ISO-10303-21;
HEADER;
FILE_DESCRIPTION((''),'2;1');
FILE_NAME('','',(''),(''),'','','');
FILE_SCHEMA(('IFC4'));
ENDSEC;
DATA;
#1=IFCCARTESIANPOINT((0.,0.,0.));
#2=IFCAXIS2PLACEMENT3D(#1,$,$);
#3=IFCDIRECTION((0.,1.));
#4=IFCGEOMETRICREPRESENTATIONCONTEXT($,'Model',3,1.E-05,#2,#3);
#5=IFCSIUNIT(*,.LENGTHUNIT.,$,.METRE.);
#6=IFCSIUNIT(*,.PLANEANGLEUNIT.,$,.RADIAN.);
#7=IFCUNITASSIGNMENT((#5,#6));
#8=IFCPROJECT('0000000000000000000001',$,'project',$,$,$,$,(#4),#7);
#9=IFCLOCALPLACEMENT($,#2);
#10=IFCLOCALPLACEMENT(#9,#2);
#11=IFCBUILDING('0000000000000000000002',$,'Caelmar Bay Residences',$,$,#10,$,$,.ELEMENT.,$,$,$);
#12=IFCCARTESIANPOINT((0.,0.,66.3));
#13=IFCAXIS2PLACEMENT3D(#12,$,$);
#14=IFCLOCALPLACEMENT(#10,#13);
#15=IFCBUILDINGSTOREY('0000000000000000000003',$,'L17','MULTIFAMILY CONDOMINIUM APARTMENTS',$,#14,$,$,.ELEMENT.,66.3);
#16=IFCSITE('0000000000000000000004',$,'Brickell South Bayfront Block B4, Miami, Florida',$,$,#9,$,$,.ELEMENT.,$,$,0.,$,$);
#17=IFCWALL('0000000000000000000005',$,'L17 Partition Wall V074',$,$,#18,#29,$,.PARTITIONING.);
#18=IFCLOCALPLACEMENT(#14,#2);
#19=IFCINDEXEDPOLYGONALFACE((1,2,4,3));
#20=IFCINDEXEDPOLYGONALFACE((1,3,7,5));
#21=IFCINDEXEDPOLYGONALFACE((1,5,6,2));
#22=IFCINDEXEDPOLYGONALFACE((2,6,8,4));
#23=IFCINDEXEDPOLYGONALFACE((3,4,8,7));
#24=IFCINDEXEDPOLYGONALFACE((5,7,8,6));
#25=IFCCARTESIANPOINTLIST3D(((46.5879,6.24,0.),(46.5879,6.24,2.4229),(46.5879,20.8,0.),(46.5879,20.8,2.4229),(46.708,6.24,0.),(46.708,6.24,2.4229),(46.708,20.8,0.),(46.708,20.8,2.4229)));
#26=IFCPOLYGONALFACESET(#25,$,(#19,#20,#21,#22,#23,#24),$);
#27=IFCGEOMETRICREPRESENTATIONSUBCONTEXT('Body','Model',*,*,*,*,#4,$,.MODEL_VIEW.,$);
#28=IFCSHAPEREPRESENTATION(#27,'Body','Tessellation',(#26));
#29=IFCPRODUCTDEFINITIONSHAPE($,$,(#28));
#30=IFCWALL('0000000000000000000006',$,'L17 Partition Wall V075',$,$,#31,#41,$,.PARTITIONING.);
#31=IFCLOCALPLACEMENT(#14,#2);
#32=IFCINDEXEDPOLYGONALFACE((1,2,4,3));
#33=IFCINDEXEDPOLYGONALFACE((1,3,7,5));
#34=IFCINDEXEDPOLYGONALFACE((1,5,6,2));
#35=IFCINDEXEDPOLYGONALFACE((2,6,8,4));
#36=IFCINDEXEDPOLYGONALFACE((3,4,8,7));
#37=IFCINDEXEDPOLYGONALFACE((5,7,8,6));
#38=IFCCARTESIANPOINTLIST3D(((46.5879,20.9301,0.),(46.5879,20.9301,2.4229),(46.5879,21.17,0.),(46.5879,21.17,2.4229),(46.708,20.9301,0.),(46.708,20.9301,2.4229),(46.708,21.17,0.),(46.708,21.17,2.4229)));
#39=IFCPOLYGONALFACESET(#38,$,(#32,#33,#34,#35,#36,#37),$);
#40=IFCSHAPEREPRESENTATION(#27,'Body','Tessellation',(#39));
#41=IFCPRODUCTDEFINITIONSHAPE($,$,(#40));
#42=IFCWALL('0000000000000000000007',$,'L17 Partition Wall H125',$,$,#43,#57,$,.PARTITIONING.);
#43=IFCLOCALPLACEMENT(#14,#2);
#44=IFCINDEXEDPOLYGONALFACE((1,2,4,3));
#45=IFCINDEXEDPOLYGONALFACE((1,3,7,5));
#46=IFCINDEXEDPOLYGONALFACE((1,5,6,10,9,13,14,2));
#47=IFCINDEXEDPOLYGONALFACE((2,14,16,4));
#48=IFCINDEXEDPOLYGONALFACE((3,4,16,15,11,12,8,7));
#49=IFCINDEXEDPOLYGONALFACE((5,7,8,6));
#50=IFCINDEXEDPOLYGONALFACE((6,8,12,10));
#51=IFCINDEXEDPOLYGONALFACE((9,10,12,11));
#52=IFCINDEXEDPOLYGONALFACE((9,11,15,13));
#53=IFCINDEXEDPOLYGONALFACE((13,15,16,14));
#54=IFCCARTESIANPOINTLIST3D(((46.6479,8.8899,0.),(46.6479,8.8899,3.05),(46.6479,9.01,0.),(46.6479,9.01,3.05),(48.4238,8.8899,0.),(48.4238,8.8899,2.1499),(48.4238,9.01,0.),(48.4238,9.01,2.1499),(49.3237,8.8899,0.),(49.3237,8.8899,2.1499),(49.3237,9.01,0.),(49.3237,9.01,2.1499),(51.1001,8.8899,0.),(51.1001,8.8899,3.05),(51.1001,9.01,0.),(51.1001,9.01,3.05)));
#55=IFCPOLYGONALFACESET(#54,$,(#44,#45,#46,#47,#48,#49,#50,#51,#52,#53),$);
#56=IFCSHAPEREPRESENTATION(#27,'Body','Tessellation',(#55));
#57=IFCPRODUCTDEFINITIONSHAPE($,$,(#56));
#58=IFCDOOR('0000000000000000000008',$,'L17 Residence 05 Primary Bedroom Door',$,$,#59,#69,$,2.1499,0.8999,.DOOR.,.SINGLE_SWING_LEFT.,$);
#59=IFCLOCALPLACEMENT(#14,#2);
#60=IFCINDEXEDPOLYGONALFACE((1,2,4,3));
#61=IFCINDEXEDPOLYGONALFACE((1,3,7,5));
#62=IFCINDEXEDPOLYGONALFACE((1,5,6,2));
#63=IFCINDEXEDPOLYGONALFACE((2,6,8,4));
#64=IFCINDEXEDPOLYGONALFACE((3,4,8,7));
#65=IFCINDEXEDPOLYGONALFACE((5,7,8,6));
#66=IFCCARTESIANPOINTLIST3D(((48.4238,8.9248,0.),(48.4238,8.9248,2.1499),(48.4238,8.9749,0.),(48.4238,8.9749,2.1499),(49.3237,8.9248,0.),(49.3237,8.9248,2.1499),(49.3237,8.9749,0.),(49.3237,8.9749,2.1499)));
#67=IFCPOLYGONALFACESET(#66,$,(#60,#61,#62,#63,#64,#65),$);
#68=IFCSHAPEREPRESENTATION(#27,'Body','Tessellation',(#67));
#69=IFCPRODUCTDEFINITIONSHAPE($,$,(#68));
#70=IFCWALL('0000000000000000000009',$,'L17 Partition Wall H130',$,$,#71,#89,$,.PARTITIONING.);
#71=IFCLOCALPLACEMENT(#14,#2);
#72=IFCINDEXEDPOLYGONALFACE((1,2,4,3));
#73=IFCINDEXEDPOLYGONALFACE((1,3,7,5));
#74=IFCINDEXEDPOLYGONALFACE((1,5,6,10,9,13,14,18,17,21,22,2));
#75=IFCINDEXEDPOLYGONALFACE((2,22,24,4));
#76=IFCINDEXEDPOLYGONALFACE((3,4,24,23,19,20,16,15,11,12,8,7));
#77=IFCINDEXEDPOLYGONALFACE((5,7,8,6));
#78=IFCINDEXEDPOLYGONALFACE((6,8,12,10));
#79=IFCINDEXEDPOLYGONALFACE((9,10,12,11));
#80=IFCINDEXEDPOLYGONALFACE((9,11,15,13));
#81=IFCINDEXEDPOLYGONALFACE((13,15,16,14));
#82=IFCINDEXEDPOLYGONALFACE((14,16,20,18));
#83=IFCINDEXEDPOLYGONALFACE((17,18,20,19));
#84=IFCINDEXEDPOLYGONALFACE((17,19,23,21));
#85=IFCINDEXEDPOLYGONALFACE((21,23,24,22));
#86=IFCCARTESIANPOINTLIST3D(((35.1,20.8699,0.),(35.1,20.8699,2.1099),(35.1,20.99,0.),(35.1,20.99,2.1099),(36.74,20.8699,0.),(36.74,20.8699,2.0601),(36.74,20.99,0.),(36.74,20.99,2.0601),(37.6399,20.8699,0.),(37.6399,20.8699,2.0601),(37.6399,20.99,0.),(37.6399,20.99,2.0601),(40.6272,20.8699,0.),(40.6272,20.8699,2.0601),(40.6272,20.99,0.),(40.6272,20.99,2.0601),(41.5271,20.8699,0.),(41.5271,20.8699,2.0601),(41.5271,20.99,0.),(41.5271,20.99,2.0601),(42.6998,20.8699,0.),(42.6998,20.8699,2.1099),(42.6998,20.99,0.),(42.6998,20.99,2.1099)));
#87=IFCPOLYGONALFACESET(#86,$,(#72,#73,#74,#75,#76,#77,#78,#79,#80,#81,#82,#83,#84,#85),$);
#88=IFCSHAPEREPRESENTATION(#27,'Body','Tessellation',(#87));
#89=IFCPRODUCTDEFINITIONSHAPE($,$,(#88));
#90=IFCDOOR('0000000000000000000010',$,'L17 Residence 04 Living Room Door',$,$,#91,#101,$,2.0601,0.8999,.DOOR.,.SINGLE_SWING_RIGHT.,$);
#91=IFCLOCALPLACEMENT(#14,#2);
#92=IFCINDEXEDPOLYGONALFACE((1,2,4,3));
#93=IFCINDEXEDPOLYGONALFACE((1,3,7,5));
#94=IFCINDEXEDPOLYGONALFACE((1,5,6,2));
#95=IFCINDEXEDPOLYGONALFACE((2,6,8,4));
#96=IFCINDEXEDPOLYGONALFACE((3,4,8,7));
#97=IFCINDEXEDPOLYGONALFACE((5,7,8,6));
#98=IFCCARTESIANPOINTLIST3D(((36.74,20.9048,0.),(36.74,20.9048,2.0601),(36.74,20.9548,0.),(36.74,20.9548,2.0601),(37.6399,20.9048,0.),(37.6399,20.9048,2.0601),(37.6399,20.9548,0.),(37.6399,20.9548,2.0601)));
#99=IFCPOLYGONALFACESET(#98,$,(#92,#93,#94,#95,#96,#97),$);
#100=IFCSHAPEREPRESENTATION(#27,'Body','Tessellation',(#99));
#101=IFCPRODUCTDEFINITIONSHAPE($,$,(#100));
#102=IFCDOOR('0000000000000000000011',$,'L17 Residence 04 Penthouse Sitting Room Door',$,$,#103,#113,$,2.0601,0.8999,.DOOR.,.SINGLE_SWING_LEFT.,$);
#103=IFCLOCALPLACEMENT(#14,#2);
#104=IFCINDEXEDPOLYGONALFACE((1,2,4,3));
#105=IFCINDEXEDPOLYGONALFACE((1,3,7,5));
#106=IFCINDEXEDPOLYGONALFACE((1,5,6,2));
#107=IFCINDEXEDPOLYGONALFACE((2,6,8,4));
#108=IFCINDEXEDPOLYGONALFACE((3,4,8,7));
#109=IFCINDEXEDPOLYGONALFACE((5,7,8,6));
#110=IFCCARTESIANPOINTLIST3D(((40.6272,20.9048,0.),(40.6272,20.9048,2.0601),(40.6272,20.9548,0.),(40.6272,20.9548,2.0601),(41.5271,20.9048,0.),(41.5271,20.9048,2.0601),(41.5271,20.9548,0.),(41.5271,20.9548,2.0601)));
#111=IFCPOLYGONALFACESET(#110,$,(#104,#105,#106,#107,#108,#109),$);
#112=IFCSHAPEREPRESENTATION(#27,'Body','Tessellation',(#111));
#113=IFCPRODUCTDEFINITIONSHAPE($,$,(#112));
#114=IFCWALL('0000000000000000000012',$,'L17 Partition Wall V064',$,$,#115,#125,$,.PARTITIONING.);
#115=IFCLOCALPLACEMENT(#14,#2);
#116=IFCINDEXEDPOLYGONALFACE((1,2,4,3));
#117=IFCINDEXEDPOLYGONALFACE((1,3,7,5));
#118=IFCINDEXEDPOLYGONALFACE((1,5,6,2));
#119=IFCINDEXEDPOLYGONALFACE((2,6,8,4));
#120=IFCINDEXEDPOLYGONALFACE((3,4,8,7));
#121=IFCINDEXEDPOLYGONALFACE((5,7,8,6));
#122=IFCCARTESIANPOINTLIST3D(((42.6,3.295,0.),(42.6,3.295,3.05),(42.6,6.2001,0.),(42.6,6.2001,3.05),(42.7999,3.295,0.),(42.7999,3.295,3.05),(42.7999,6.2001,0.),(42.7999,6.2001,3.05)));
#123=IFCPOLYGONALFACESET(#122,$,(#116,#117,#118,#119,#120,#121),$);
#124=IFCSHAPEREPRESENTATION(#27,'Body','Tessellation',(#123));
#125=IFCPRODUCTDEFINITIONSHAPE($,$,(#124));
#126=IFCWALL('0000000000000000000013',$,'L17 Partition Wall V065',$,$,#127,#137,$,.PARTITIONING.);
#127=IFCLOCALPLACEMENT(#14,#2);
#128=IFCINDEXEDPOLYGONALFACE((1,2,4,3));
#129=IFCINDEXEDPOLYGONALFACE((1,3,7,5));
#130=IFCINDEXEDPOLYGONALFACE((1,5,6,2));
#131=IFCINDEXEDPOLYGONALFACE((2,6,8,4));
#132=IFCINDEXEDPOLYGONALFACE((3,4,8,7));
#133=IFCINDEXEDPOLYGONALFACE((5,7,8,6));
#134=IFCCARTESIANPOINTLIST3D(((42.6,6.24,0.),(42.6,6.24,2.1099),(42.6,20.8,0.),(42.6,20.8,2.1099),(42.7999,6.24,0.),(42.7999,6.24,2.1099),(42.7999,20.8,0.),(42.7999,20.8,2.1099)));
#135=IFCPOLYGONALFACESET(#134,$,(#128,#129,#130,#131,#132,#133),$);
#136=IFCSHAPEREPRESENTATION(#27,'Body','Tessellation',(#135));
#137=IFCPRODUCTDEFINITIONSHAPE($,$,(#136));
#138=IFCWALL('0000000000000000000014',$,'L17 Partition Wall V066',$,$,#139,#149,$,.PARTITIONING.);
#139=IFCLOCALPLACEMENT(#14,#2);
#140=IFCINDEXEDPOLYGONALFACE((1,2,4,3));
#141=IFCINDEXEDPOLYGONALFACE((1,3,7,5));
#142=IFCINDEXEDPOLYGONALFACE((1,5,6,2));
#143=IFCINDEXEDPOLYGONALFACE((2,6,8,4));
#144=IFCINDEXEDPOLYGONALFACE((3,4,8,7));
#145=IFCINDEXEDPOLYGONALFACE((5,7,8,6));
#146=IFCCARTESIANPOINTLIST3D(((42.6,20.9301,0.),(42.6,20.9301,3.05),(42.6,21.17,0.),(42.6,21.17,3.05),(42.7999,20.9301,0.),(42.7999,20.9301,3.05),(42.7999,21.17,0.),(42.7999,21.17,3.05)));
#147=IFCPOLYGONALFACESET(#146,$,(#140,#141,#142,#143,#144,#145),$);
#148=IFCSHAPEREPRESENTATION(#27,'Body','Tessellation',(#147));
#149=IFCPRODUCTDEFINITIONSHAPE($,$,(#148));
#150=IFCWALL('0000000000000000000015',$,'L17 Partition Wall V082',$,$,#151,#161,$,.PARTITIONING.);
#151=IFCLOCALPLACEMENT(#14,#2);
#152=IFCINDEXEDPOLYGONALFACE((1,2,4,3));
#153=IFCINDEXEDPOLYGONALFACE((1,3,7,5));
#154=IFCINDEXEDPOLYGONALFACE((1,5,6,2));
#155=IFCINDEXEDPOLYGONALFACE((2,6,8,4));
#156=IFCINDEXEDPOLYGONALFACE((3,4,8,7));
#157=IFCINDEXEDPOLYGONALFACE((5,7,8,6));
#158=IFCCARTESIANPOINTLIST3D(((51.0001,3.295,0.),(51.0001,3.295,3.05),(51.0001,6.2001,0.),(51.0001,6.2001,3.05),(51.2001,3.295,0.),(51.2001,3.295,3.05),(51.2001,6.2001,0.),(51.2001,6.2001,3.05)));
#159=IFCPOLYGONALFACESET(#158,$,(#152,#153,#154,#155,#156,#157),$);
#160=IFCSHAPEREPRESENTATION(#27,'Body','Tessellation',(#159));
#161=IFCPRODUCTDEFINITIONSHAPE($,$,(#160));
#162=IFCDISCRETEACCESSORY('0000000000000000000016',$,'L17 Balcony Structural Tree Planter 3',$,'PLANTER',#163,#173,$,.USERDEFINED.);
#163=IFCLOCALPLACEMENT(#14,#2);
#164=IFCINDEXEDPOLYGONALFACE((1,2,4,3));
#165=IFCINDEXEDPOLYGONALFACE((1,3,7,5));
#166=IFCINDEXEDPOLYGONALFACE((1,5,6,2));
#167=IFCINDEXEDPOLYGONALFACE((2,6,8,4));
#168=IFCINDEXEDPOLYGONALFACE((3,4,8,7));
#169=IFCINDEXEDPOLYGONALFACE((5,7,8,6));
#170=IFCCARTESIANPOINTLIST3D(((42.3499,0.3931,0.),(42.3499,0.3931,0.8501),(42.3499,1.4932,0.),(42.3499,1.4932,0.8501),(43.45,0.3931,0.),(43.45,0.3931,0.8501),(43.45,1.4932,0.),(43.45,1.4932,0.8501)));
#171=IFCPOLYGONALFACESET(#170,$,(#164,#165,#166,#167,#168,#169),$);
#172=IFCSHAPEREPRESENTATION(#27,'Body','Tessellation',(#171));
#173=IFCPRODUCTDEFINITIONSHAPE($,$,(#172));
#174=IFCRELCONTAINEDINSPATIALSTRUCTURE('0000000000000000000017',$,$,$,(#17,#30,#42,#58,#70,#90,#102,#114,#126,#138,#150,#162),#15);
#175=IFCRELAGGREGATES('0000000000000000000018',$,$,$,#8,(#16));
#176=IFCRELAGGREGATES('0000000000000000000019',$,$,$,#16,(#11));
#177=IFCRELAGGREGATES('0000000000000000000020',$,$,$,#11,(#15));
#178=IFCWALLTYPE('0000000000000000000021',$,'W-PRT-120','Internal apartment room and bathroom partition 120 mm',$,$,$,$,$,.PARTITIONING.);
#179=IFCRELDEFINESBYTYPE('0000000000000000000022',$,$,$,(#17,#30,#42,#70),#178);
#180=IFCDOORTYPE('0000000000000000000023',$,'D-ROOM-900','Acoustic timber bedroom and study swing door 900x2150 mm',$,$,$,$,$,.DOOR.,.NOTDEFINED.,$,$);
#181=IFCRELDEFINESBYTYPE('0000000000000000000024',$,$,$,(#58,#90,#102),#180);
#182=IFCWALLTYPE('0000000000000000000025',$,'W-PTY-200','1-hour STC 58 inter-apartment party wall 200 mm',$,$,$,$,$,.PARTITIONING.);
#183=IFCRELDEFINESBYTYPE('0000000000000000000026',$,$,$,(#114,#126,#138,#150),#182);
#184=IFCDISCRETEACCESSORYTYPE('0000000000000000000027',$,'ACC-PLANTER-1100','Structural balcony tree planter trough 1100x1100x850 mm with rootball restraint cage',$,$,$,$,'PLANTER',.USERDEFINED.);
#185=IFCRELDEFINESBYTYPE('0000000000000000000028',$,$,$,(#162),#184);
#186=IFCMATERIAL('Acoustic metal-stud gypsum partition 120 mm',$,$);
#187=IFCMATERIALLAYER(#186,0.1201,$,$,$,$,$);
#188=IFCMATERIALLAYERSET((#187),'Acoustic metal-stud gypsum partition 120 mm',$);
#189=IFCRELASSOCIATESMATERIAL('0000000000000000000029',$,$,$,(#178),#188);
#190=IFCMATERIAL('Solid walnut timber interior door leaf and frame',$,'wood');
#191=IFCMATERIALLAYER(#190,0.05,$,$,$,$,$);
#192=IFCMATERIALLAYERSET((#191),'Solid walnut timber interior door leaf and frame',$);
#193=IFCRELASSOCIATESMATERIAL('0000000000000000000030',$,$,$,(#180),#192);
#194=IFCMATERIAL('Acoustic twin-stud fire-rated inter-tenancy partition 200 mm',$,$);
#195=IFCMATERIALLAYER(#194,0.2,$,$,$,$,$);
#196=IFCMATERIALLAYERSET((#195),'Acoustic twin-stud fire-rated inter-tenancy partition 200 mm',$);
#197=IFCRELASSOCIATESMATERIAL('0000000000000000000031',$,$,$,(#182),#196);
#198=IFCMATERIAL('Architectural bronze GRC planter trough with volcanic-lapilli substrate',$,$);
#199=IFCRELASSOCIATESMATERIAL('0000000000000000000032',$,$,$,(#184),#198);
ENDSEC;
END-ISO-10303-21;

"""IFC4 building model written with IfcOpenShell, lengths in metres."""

from ifc_helpers import new_model, si_unit, direction, frame, frame_2d, origin, origin_2d, place, context, subcontext, project, spatial, rectangle, extrude, material, layer, layer_set, type_object, element, fill, save


model = new_model("IFC4")

# Units and contexts
model_context = context("Model", 3, precision=1e-05, world=origin(), true_north=direction((0.0, 1.0)))
body_context = subcontext(model_context, "Body", "Model", "MODEL_VIEW")
ifc_project = project(units=[si_unit("LENGTHUNIT", "METRE"), si_unit("PLANEANGLEUNIT", "RADIAN")], contexts=[model_context])

# Site, building, storey
site_placement = place(None, origin())
site = spatial("IfcSite", under=ifc_project, at=site_placement, Name="Brickell South Bayfront Block B4, Miami, Florida", CompositionType="ELEMENT", RefElevation=0.0)
building_placement = place(site_placement, origin())
building = spatial("IfcBuilding", under=site, at=building_placement, Name="Caelmar Bay Residences", CompositionType="ELEMENT")
storey_placement = place(building_placement, frame((0.0, 0.0, 66.3)))
storey = spatial("IfcBuildingStorey", under=building, at=storey_placement, Name="L17", Description="MULTIFAMILY CONDOMINIUM APARTMENTS", CompositionType="ELEMENT", Elevation=66.3)

# Walls
ifc_material_1 = material(Name="Acoustic metal-stud gypsum partition 120 mm")
ifc_layer_1 = layer(ifc_material_1, 0.1201)
ifc_layer_set_1 = layer_set([ifc_layer_1], Name="Acoustic metal-stud gypsum partition 120 mm")
wall_type_1 = type_object("IfcWallType", Name="W-PRT-120", Description="Internal apartment room and bathroom partition 120 mm", PredefinedType="PARTITIONING", material=ifc_layer_set_1)
wall_1_placement = place(storey_placement, frame((46.6479, 6.24, 0.0), z_axis=(0.0, 0.0, 1.0), x_axis=(0.0, 1.0, 0.0)))
element("IfcWall", 1, at=wall_1_placement, inside=storey, type_object=wall_type_1, Name="L17 Partition Wall V074", PredefinedType="PARTITIONING", context=body_context, shape_type="SweptSolid", body=[
    extrude(rectangle(XDim=14.5601, YDim=0.1201, at=frame_2d((7.28, 0.0))), origin(), (0.0, 0.0, 1.0), 2.4229),
])
wall_2_placement = place(storey_placement, frame((46.6479, 20.9299, 0.0), z_axis=(0.0, 0.0, 1.0), x_axis=(0.0, 1.0, 0.0)))
element("IfcWall", 2, at=wall_2_placement, inside=storey, type_object=wall_type_1, Name="L17 Partition Wall V075", PredefinedType="PARTITIONING", context=body_context, shape_type="SweptSolid", body=[
    extrude(rectangle(XDim=0.24, YDim=0.1201, at=frame_2d((0.1201, 0.0))), origin(), (0.0, 0.0, 1.0), 2.4229),
])

# Wall, opening, door
ifc_material_2 = material(Name="Solid walnut timber interior door leaf and frame", Category="wood")
ifc_layer_2 = layer(ifc_material_2, 0.05)
ifc_layer_set_2 = layer_set([ifc_layer_2], Name="Solid walnut timber interior door leaf and frame")
door_type = type_object("IfcDoorType", Name="D-ROOM-900", Description="Acoustic timber bedroom and study swing door 900x2150 mm", OperationType="NOTDEFINED", PredefinedType="DOOR", material=ifc_layer_set_2)
wall_3_placement = place(storey_placement, frame((46.6479, 8.95, 0.0), z_axis=(0.0, 0.0, 1.0), x_axis=(1.0, 0.0, 0.0)))
wall_3 = element("IfcWall", 3, at=wall_3_placement, inside=storey, type_object=wall_type_1, Name="L17 Partition Wall H125", PredefinedType="PARTITIONING", context=body_context, shape_type="SweptSolid", body=[
    extrude(rectangle(XDim=4.4521, YDim=0.1201, at=frame_2d((2.2261, 0.0))), origin(), (0.0, 0.0, 1.0), 3.05),
])
opening_1_placement = place(wall_3_placement, frame((1.7759, 0.0, 0.0)))
opening_1 = element("IfcOpeningElement", 4, at=opening_1_placement, cuts=wall_3, PredefinedType="OPENING", context=body_context, shape_type="SweptSolid", body=[
    extrude(rectangle(XDim=0.8999, YDim=2.1499, at=frame_2d((0.45, 1.075))), frame((0.0, 0.0701, 0.0), z_axis=(0.0, -1.0, 0.0), x_axis=(1.0, 0.0, 0.0)), (0.0, 0.0, 1.0), 0.1401),
])
door_1_placement = place(opening_1_placement, origin())
door_1 = element("IfcDoor", 5, at=door_1_placement, inside=storey, type_object=door_type, Name="L17 Residence 05 Primary Bedroom Door", OperationType="SINGLE_SWING_LEFT", OverallHeight=2.1499, OverallWidth=0.8999, PredefinedType="DOOR", context=body_context, shape_type="SweptSolid", body=[
    extrude(rectangle(XDim=0.8999, YDim=2.1499, at=frame_2d((0.45, 1.075))), frame((0.0, 0.0249, 0.0), z_axis=(0.0, -1.0, 0.0), x_axis=(1.0, 0.0, 0.0)), (0.0, 0.0, 1.0), 0.05),
])
fill(opening_1, door_1)

# Wall, openings, doors
wall_4_placement = place(storey_placement, frame((35.1001, 20.9299, 0.0), z_axis=(0.0, 0.0, 1.0), x_axis=(1.0, 0.0, 0.0)))
wall_4 = element("IfcWall", 6, at=wall_4_placement, inside=storey, type_object=wall_type_1, Name="L17 Partition Wall H130", PredefinedType="PARTITIONING", context=body_context, shape_type="SweptSolid", body=[
    extrude(rectangle(XDim=7.5999, YDim=0.1201, at=frame_2d((3.7998, 0.0))), origin(), (0.0, 0.0, 1.0), 2.1099),
])
opening_2_placement = place(wall_4_placement, frame((1.6399, 0.0, 0.0)))
opening_2 = element("IfcOpeningElement", 7, at=opening_2_placement, cuts=wall_4, PredefinedType="OPENING", context=body_context, shape_type="SweptSolid", body=[
    extrude(rectangle(XDim=0.8999, YDim=2.0601, at=frame_2d((0.45, 1.03))), frame((0.0, 0.0701, 0.0), z_axis=(0.0, -1.0, 0.0), x_axis=(1.0, 0.0, 0.0)), (0.0, 0.0, 1.0), 0.1401),
])
opening_3_placement = place(wall_4_placement, frame((5.5271, 0.0, 0.0)))
opening_3 = element("IfcOpeningElement", 8, at=opening_3_placement, cuts=wall_4, PredefinedType="OPENING", context=body_context, shape_type="SweptSolid", body=[
    extrude(rectangle(XDim=0.8999, YDim=2.0601, at=frame_2d((0.45, 1.03))), frame((0.0, 0.0701, 0.0), z_axis=(0.0, -1.0, 0.0), x_axis=(1.0, 0.0, 0.0)), (0.0, 0.0, 1.0), 0.1401),
])
door_2_placement = place(opening_2_placement, origin())
door_2 = element("IfcDoor", 9, at=door_2_placement, inside=storey, type_object=door_type, Name="L17 Residence 04 Living Room Door", OperationType="SINGLE_SWING_RIGHT", OverallHeight=2.0601, OverallWidth=0.8999, PredefinedType="DOOR", context=body_context, shape_type="SweptSolid", body=[
    extrude(rectangle(XDim=0.8999, YDim=2.0601, at=frame_2d((0.45, 1.03))), frame((0.0, 0.0249, 0.0), z_axis=(0.0, -1.0, 0.0), x_axis=(1.0, 0.0, 0.0)), (0.0, 0.0, 1.0), 0.05),
])
fill(opening_2, door_2)
door_3_placement = place(opening_3_placement, origin())
door_3 = element("IfcDoor", 10, at=door_3_placement, inside=storey, type_object=door_type, Name="L17 Residence 04 Penthouse Sitting Room Door", OperationType="SINGLE_SWING_LEFT", OverallHeight=2.0601, OverallWidth=0.8999, PredefinedType="DOOR", context=body_context, shape_type="SweptSolid", body=[
    extrude(rectangle(XDim=0.8999, YDim=2.0601, at=frame_2d((0.45, 1.03))), frame((0.0, 0.0249, 0.0), z_axis=(0.0, -1.0, 0.0), x_axis=(1.0, 0.0, 0.0)), (0.0, 0.0, 1.0), 0.05),
])
fill(opening_3, door_3)

# Walls
ifc_material_3 = material(Name="Acoustic twin-stud fire-rated inter-tenancy partition 200 mm")
ifc_layer_3 = layer(ifc_material_3, 0.2)
ifc_layer_set_3 = layer_set([ifc_layer_3], Name="Acoustic twin-stud fire-rated inter-tenancy partition 200 mm")
wall_type_2 = type_object("IfcWallType", Name="W-PTY-200", Description="1-hour STC 58 inter-apartment party wall 200 mm", PredefinedType="PARTITIONING", material=ifc_layer_set_3)
wall_5_placement = place(storey_placement, frame((42.7, 3.2949, 0.0), z_axis=(0.0, 0.0, 1.0), x_axis=(0.0, 1.0, 0.0)))
element("IfcWall", 11, at=wall_5_placement, inside=storey, type_object=wall_type_2, Name="L17 Partition Wall V064", PredefinedType="PARTITIONING", context=body_context, shape_type="SweptSolid", body=[
    extrude(rectangle(XDim=2.905, YDim=0.2, at=frame_2d((1.4526, 0.0))), origin(), (0.0, 0.0, 1.0), 3.05),
])
wall_6_placement = place(storey_placement, frame((42.7, 6.24, 0.0), z_axis=(0.0, 0.0, 1.0), x_axis=(0.0, 1.0, 0.0)))
element("IfcWall", 12, at=wall_6_placement, inside=storey, type_object=wall_type_2, Name="L17 Partition Wall V065", PredefinedType="PARTITIONING", context=body_context, shape_type="SweptSolid", body=[
    extrude(rectangle(XDim=14.5601, YDim=0.2, at=frame_2d((7.28, 0.0))), origin(), (0.0, 0.0, 1.0), 2.1099),
])
wall_7_placement = place(storey_placement, frame((42.7, 20.9299, 0.0), z_axis=(0.0, 0.0, 1.0), x_axis=(0.0, 1.0, 0.0)))
element("IfcWall", 13, at=wall_7_placement, inside=storey, type_object=wall_type_2, Name="L17 Partition Wall V066", PredefinedType="PARTITIONING", context=body_context, shape_type="SweptSolid", body=[
    extrude(rectangle(XDim=0.24, YDim=0.2, at=frame_2d((0.1201, 0.0))), origin(), (0.0, 0.0, 1.0), 3.05),
])
wall_8_placement = place(storey_placement, frame((51.1001, 3.2949, 0.0), z_axis=(0.0, 0.0, 1.0), x_axis=(0.0, 1.0, 0.0)))
element("IfcWall", 14, at=wall_8_placement, inside=storey, type_object=wall_type_2, Name="L17 Partition Wall V082", PredefinedType="PARTITIONING", context=body_context, shape_type="SweptSolid", body=[
    extrude(rectangle(XDim=2.905, YDim=0.2, at=frame_2d((1.4526, 0.0))), origin(), (0.0, 0.0, 1.0), 3.05),
])

# Discrete accessory
ifc_material_4 = material(Name="Architectural bronze GRC planter trough with volcanic-lapilli substrate")
discrete_accessory_type = type_object("IfcDiscreteAccessoryType", Name="ACC-PLANTER-1100", Description="Structural balcony tree planter trough 1100x1100x850 mm with rootball restraint cage", ElementType="PLANTER", PredefinedType="USERDEFINED", material=ifc_material_4)
discrete_accessory_placement = place(storey_placement, frame((42.8999, 0.9431, 0.0), z_axis=(0.0, 0.0, 1.0), x_axis=(1.0, 0.0, 0.0)))
element("IfcDiscreteAccessory", 15, at=discrete_accessory_placement, inside=storey, type_object=discrete_accessory_type, Name="L17 Balcony Structural Tree Planter 3", ObjectType="PLANTER", PredefinedType="USERDEFINED", context=body_context, shape_type="SweptSolid", body=[
    extrude(rectangle(XDim=1.1001, YDim=1.1001, at=origin_2d()), origin(), (0.0, 0.0, 1.0), 0.8501),
])

save(model, "model.ifc")
